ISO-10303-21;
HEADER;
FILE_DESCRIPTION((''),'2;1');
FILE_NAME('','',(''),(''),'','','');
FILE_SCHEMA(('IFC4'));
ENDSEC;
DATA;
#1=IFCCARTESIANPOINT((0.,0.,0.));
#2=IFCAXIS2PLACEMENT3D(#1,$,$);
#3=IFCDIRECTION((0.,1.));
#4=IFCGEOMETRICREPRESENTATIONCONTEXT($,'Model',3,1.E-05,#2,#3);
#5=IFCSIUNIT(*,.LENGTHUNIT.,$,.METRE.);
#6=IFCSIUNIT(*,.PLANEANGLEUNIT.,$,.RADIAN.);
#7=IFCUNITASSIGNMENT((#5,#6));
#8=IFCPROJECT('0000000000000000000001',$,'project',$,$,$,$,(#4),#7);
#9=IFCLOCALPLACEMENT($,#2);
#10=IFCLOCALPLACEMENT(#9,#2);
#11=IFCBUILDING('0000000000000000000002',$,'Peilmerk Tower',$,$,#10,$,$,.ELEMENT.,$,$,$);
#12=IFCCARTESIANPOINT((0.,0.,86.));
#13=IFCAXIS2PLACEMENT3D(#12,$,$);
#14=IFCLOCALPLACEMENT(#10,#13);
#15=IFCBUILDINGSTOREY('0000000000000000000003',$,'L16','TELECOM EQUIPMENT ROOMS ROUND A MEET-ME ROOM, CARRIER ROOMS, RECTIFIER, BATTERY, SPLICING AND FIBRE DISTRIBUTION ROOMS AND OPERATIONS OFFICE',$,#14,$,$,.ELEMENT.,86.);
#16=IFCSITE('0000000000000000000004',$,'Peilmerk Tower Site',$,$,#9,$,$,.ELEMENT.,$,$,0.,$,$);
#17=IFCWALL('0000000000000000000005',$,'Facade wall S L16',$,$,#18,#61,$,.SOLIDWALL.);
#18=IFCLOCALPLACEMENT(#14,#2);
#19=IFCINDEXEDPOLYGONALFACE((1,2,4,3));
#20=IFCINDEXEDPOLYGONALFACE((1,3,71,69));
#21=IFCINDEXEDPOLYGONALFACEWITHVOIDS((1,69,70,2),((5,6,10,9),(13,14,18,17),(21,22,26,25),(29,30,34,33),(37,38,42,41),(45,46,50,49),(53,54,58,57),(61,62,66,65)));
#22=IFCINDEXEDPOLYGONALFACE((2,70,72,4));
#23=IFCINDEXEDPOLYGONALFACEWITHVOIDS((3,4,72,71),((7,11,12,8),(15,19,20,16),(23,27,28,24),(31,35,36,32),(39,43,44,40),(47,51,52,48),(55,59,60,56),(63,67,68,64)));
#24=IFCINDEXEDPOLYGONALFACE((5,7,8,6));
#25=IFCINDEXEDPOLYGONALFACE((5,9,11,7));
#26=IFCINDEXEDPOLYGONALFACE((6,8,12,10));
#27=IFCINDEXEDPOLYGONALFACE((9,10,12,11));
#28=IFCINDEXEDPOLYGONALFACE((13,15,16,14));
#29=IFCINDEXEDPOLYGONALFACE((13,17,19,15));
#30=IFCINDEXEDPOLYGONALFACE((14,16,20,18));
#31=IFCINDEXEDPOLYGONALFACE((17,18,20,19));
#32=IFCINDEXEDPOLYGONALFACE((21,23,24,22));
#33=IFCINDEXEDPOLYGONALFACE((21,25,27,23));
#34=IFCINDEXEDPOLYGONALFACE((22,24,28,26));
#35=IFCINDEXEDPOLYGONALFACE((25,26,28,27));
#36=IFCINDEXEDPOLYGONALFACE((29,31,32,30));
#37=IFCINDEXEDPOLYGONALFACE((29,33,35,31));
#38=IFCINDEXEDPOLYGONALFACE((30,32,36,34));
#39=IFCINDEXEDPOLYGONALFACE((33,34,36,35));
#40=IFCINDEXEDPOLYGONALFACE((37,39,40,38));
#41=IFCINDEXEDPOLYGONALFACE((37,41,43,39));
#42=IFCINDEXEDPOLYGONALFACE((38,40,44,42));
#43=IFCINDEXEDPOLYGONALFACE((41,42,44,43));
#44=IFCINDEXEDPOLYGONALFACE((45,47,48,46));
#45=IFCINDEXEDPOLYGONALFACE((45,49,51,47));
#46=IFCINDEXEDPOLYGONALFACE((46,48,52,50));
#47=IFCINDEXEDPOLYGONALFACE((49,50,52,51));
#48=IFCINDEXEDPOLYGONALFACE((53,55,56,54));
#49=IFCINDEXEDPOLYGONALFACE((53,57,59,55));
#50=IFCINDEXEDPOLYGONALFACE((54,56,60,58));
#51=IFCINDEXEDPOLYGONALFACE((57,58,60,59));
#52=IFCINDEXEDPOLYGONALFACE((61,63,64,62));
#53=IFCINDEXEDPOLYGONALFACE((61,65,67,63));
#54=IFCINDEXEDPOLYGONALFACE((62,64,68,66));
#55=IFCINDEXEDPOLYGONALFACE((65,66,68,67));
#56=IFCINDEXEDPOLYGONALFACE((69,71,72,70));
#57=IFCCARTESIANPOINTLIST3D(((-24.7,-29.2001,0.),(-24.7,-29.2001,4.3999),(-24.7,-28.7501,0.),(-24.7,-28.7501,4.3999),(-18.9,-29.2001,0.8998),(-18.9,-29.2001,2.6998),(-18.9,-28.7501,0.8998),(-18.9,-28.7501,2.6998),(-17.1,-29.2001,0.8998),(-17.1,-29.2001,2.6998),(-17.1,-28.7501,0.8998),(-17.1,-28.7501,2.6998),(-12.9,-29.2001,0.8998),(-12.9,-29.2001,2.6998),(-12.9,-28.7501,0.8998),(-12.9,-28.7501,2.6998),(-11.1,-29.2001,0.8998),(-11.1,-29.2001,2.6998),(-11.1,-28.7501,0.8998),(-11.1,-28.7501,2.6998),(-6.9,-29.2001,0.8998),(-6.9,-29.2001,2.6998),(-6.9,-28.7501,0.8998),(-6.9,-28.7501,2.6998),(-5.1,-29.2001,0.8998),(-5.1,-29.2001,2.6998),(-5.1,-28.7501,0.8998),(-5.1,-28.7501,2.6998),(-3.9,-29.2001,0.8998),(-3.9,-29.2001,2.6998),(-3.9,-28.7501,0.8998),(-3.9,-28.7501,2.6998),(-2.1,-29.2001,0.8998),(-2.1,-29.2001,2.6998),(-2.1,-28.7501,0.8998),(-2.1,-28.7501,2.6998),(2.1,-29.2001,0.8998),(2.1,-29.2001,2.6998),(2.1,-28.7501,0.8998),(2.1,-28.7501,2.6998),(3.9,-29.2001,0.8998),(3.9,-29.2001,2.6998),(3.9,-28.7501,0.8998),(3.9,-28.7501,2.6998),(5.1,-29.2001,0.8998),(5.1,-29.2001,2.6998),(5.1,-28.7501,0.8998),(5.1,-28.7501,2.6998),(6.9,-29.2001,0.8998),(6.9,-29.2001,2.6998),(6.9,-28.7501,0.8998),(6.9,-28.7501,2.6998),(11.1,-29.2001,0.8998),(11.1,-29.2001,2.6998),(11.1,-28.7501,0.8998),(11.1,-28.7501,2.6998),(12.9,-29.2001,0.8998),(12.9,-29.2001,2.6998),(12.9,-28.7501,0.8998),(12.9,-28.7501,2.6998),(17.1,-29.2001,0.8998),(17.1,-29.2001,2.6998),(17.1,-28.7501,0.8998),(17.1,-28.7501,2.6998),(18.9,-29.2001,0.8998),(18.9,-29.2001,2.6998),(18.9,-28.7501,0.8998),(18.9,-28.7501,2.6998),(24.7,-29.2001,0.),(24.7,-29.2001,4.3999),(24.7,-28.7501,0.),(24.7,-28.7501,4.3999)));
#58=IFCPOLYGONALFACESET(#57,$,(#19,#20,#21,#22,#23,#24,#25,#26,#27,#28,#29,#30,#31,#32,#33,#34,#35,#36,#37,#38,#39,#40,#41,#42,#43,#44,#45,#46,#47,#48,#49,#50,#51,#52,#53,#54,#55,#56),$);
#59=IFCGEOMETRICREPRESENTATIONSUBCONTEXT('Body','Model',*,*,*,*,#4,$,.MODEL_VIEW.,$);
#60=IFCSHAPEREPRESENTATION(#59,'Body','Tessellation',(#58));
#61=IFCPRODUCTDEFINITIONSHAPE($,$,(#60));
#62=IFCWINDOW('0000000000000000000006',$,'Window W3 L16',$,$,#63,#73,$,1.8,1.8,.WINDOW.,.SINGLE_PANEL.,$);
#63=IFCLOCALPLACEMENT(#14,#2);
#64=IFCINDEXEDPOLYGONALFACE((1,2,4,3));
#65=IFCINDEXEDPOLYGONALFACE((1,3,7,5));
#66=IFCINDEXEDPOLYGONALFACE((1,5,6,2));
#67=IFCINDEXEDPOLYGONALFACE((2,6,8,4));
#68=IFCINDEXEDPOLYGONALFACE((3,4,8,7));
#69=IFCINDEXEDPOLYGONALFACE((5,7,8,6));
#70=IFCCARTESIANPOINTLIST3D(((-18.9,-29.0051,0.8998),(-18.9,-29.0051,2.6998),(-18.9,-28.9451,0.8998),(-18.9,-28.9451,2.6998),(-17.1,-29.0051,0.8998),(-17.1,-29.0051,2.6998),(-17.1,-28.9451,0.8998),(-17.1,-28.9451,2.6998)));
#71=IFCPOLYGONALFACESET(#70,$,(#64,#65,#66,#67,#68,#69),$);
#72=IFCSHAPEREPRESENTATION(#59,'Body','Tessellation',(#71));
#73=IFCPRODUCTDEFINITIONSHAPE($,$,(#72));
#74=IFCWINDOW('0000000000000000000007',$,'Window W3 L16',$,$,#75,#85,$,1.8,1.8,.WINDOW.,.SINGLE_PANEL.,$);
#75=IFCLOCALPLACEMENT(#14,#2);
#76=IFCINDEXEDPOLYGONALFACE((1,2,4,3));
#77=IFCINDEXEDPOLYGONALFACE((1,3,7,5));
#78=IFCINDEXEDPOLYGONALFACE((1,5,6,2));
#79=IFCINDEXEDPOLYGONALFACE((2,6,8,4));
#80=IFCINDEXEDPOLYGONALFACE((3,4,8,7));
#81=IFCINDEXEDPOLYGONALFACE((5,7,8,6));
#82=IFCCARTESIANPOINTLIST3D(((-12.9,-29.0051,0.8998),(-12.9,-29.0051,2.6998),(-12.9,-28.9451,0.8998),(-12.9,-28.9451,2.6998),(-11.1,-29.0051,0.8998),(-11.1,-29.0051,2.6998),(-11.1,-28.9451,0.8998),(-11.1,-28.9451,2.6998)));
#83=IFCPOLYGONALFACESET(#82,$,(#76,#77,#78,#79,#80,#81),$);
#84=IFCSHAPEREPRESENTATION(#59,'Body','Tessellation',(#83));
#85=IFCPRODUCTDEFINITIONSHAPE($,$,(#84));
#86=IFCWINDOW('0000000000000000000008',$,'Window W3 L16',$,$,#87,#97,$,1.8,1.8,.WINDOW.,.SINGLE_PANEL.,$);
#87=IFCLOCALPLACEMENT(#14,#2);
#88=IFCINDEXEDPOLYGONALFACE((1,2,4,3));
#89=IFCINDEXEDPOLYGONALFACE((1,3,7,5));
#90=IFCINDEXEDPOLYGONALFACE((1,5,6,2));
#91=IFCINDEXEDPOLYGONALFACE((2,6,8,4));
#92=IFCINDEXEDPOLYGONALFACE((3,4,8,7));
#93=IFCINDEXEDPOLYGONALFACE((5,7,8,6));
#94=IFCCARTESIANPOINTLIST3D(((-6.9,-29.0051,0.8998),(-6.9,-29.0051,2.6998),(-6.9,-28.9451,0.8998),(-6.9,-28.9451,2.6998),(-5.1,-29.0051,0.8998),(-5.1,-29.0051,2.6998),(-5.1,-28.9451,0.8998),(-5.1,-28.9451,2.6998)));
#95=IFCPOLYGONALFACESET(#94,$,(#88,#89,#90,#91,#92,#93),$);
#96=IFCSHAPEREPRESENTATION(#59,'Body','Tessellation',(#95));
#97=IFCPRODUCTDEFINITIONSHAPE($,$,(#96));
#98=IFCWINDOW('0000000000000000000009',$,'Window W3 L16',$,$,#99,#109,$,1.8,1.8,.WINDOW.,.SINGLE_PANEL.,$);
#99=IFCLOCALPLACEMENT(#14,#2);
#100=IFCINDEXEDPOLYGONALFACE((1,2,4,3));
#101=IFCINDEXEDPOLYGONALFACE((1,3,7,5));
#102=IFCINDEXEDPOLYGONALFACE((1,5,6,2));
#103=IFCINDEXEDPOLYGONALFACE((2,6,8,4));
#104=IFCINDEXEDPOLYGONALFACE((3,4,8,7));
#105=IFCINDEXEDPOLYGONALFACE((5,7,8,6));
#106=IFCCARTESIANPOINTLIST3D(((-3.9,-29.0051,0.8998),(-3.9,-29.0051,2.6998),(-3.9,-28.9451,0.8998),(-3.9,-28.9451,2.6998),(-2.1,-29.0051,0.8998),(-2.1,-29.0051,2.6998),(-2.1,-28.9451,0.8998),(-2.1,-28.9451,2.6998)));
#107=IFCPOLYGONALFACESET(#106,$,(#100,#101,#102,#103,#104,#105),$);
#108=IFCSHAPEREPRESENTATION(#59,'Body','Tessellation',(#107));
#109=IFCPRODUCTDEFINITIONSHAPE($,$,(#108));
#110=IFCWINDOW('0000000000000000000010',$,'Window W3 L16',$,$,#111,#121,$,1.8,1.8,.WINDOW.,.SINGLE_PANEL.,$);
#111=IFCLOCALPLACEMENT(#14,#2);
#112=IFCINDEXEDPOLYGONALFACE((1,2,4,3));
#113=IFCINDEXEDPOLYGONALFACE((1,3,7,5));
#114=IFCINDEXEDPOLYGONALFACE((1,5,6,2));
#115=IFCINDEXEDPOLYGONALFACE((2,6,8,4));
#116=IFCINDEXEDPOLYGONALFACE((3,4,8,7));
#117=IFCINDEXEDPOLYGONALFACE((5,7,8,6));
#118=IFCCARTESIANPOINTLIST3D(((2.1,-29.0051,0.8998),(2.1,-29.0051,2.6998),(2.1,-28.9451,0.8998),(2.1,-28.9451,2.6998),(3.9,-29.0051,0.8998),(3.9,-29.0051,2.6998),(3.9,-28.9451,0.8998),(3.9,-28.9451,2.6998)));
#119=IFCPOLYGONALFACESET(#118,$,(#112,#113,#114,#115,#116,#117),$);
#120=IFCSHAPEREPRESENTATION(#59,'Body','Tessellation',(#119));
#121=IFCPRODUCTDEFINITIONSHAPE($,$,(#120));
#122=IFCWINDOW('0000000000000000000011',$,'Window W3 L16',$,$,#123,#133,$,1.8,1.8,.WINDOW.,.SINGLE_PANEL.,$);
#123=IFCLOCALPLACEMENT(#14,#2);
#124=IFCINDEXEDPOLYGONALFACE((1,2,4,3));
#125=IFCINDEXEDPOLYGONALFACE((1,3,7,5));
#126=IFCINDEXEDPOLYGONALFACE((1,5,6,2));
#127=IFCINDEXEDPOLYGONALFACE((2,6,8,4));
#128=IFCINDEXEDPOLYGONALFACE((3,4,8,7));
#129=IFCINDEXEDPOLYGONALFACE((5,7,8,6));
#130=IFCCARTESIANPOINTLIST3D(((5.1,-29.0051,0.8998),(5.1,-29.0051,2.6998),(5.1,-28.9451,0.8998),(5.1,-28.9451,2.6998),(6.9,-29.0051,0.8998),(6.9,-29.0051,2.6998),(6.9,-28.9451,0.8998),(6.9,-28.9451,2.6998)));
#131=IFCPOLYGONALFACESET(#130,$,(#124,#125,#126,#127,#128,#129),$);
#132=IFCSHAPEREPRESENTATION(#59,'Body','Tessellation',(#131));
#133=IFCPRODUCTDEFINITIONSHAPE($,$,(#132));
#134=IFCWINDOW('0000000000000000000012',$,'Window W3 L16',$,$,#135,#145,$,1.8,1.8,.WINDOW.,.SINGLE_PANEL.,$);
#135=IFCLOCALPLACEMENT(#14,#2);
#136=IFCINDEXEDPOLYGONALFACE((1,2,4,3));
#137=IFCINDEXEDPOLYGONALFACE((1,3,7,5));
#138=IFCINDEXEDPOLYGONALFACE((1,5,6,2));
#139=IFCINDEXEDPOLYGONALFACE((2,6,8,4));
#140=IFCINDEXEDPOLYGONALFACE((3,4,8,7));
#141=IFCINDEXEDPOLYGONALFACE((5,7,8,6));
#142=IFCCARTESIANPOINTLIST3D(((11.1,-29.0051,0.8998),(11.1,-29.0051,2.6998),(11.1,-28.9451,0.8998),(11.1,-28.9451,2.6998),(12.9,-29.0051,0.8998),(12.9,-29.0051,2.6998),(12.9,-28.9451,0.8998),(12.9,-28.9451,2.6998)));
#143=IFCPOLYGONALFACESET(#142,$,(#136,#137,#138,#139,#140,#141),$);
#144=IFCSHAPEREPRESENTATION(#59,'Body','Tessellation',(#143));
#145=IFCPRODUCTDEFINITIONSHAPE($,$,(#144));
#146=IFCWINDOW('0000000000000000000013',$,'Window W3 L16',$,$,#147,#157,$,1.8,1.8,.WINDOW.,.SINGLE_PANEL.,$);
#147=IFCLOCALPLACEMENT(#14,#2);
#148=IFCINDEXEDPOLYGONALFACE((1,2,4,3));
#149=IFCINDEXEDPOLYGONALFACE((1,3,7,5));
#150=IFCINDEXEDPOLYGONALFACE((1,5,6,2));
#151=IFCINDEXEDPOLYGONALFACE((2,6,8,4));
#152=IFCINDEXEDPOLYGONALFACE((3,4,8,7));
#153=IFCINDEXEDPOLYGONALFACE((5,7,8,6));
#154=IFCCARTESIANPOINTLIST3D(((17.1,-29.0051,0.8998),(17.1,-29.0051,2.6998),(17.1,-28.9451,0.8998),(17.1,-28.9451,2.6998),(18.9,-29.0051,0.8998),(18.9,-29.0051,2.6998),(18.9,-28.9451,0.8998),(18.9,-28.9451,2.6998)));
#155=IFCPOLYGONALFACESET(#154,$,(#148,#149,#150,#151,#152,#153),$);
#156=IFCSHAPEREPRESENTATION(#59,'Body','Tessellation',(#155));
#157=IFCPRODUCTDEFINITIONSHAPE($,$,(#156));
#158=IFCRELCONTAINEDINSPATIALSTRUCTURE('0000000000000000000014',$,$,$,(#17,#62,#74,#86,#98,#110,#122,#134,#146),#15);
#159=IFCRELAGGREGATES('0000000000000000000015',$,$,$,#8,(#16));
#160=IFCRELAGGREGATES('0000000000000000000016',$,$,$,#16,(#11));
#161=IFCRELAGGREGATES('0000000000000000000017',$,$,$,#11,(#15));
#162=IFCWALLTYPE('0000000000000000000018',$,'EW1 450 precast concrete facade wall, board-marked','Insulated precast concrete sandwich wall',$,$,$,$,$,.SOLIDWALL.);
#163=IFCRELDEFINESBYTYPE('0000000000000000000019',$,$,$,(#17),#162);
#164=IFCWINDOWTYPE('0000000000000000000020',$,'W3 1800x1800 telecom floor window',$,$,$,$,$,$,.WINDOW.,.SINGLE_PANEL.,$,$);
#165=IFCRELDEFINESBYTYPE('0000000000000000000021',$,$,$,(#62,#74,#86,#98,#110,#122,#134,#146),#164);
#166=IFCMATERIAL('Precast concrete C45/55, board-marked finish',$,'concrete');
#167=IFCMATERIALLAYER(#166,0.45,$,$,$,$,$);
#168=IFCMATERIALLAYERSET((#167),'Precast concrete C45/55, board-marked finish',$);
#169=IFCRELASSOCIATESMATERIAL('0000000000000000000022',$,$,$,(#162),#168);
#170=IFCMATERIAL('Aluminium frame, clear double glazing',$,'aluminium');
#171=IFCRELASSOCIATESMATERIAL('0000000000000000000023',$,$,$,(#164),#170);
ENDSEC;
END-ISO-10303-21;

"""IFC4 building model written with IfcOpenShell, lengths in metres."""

from ifc_helpers import new_model, si_unit, direction, frame, frame_2d, origin, place, context, subcontext, project, spatial, rectangle, extrude, material, layer, layer_set, type_object, element, fill, save


model = new_model("IFC4")

# Units and contexts
model_context = context("Model", 3, precision=1e-05, world=origin(), true_north=direction((0.0, 1.0)))
body_context = subcontext(model_context, "Body", "Model", "MODEL_VIEW")
ifc_project = project(units=[si_unit("LENGTHUNIT", "METRE"), si_unit("PLANEANGLEUNIT", "RADIAN")], contexts=[model_context])

# Site, building, storey
site_placement = place(None, origin())
site = spatial("IfcSite", under=ifc_project, at=site_placement, Name="Peilmerk Tower Site", CompositionType="ELEMENT", RefElevation=0.0)
building_placement = place(site_placement, origin())
building = spatial("IfcBuilding", under=site, at=building_placement, Name="Peilmerk Tower", CompositionType="ELEMENT")
storey_placement = place(building_placement, frame((0.0, 0.0, 86.0)))
storey = spatial("IfcBuildingStorey", under=building, at=storey_placement, Name="L16", Description="TELECOM EQUIPMENT ROOMS ROUND A MEET-ME ROOM, CARRIER ROOMS, RECTIFIER, BATTERY, SPLICING AND FIBRE DISTRIBUTION ROOMS AND OPERATIONS OFFICE", CompositionType="ELEMENT", Elevation=86.0)

# Wall, openings, windows
ifc_material_1 = material(Name="Precast concrete C45/55, board-marked finish", Category="concrete")
ifc_layer = layer(ifc_material_1, 0.45)
ifc_layer_set = layer_set([ifc_layer], Name="Precast concrete C45/55, board-marked finish")
wall_type = type_object("IfcWallType", Name="EW1 450 precast concrete facade wall, board-marked", Description="Insulated precast concrete sandwich wall", PredefinedType="SOLIDWALL", material=ifc_layer_set)
wall_1_placement = place(storey_placement, frame((-24.7, -28.9751, 0.0), z_axis=(0.0, 0.0, 1.0), x_axis=(1.0, 0.0, 0.0)))
wall_1 = element("IfcWall", 1, at=wall_1_placement, inside=storey, type_object=wall_type, Name="Facade wall S L16", PredefinedType="SOLIDWALL", context=body_context, shape_type="SweptSolid", body=[
    extrude(rectangle(XDim=49.3999, YDim=0.45, at=frame_2d((24.7, 0.0))), origin(), (0.0, 0.0, 1.0), 4.3999),
])
opening_1_placement = place(wall_1_placement, frame((5.8, 0.0, 0.8999)))
opening_1 = element("IfcOpeningElement", 2, at=opening_1_placement, cuts=wall_1, PredefinedType="OPENING", context=body_context, shape_type="SweptSolid", body=[
    extrude(rectangle(XDim=1.8, YDim=1.8, at=frame_2d((0.8999, 0.8999))), frame((0.0, 0.2349, 0.0), z_axis=(0.0, -1.0, 0.0), x_axis=(1.0, 0.0, 0.0)), (0.0, 0.0, 1.0), 0.47),
])
opening_2_placement = place(wall_1_placement, frame((11.8, 0.0, 0.8999)))
opening_2 = element("IfcOpeningElement", 3, at=opening_2_placement, cuts=wall_1, PredefinedType="OPENING", context=body_context, shape_type="SweptSolid", body=[
    extrude(rectangle(XDim=1.8, YDim=1.8, at=frame_2d((0.8999, 0.8999))), frame((0.0, 0.2349, 0.0), z_axis=(0.0, -1.0, 0.0), x_axis=(1.0, 0.0, 0.0)), (0.0, 0.0, 1.0), 0.47),
])
opening_3_placement = place(wall_1_placement, frame((17.8, 0.0, 0.8999)))
opening_3 = element("IfcOpeningElement", 4, at=opening_3_placement, cuts=wall_1, PredefinedType="OPENING", context=body_context, shape_type="SweptSolid", body=[
    extrude(rectangle(XDim=1.8, YDim=1.8, at=frame_2d((0.8999, 0.8999))), frame((0.0, 0.2349, 0.0), z_axis=(0.0, -1.0, 0.0), x_axis=(1.0, 0.0, 0.0)), (0.0, 0.0, 1.0), 0.47),
])
opening_4_placement = place(wall_1_placement, frame((20.8, 0.0, 0.8999)))
opening_4 = element("IfcOpeningElement", 5, at=opening_4_placement, cuts=wall_1, PredefinedType="OPENING", context=body_context, shape_type="SweptSolid", body=[
    extrude(rectangle(XDim=1.8, YDim=1.8, at=frame_2d((0.8999, 0.8999))), frame((0.0, 0.2349, 0.0), z_axis=(0.0, -1.0, 0.0), x_axis=(1.0, 0.0, 0.0)), (0.0, 0.0, 1.0), 0.47),
])
opening_5_placement = place(wall_1_placement, frame((26.8, 0.0, 0.8999)))
opening_5 = element("IfcOpeningElement", 6, at=opening_5_placement, cuts=wall_1, PredefinedType="OPENING", context=body_context, shape_type="SweptSolid", body=[
    extrude(rectangle(XDim=1.8, YDim=1.8, at=frame_2d((0.8999, 0.8999))), frame((0.0, 0.2349, 0.0), z_axis=(0.0, -1.0, 0.0), x_axis=(1.0, 0.0, 0.0)), (0.0, 0.0, 1.0), 0.47),
])
opening_6_placement = place(wall_1_placement, frame((29.8, 0.0, 0.8999)))
opening_6 = element("IfcOpeningElement", 7, at=opening_6_placement, cuts=wall_1, PredefinedType="OPENING", context=body_context, shape_type="SweptSolid", body=[
    extrude(rectangle(XDim=1.8, YDim=1.8, at=frame_2d((0.8999, 0.8999))), frame((0.0, 0.2349, 0.0), z_axis=(0.0, -1.0, 0.0), x_axis=(1.0, 0.0, 0.0)), (0.0, 0.0, 1.0), 0.47),
])
opening_7_placement = place(wall_1_placement, frame((35.8, 0.0, 0.8999)))
opening_7 = element("IfcOpeningElement", 8, at=opening_7_placement, cuts=wall_1, PredefinedType="OPENING", context=body_context, shape_type="SweptSolid", body=[
    extrude(rectangle(XDim=1.8, YDim=1.8, at=frame_2d((0.8999, 0.8999))), frame((0.0, 0.2349, 0.0), z_axis=(0.0, -1.0, 0.0), x_axis=(1.0, 0.0, 0.0)), (0.0, 0.0, 1.0), 0.47),
])
opening_8_placement = place(wall_1_placement, frame((41.8, 0.0, 0.8999)))
opening_8 = element("IfcOpeningElement", 9, at=opening_8_placement, cuts=wall_1, PredefinedType="OPENING", context=body_context, shape_type="SweptSolid", body=[
    extrude(rectangle(XDim=1.8, YDim=1.8, at=frame_2d((0.8999, 0.8999))), frame((0.0, 0.2349, 0.0), z_axis=(0.0, -1.0, 0.0), x_axis=(1.0, 0.0, 0.0)), (0.0, 0.0, 1.0), 0.47),
])
ifc_material_2 = material(Name="Aluminium frame, clear double glazing", Category="aluminium")
window_type = type_object("IfcWindowType", Name="W3 1800x1800 telecom floor window", PartitioningType="SINGLE_PANEL", PredefinedType="WINDOW", material=ifc_material_2)
window_1_placement = place(opening_1_placement, origin())
window_1 = element("IfcWindow", 10, at=window_1_placement, inside=storey, type_object=window_type, Name="Window W3 L16", OverallHeight=1.8, OverallWidth=1.8, PartitioningType="SINGLE_PANEL", PredefinedType="WINDOW", context=body_context, shape_type="SweptSolid", body=[
    extrude(rectangle(XDim=1.8, YDim=1.8, at=frame_2d((0.8999, 0.8999))), frame((0.0, 0.03, 0.0), z_axis=(0.0, -1.0, 0.0), x_axis=(1.0, 0.0, 0.0)), (0.0, 0.0, 1.0), 0.0601),
])
fill(opening_1, window_1)
window_2_placement = place(opening_2_placement, origin())
window_2 = element("IfcWindow", 11, at=window_2_placement, inside=storey, type_object=window_type, Name="Window W3 L16", OverallHeight=1.8, OverallWidth=1.8, PartitioningType="SINGLE_PANEL", PredefinedType="WINDOW", context=body_context, shape_type="SweptSolid", body=[
    extrude(rectangle(XDim=1.8, YDim=1.8, at=frame_2d((0.8999, 0.8999))), frame((0.0, 0.03, 0.0), z_axis=(0.0, -1.0, 0.0), x_axis=(1.0, 0.0, 0.0)), (0.0, 0.0, 1.0), 0.0601),
])
fill(opening_2, window_2)
window_3_placement = place(opening_3_placement, origin())
window_3 = element("IfcWindow", 12, at=window_3_placement, inside=storey, type_object=window_type, Name="Window W3 L16", OverallHeight=1.8, OverallWidth=1.8, PartitioningType="SINGLE_PANEL", PredefinedType="WINDOW", context=body_context, shape_type="SweptSolid", body=[
    extrude(rectangle(XDim=1.8, YDim=1.8, at=frame_2d((0.8999, 0.8999))), frame((0.0, 0.03, 0.0), z_axis=(0.0, -1.0, 0.0), x_axis=(1.0, 0.0, 0.0)), (0.0, 0.0, 1.0), 0.0601),
])
fill(opening_3, window_3)
window_4_placement = place(opening_4_placement, origin())
window_4 = element("IfcWindow", 13, at=window_4_placement, inside=storey, type_object=window_type, Name="Window W3 L16", OverallHeight=1.8, OverallWidth=1.8, PartitioningType="SINGLE_PANEL", PredefinedType="WINDOW", context=body_context, shape_type="SweptSolid", body=[
    extrude(rectangle(XDim=1.8, YDim=1.8, at=frame_2d((0.8999, 0.8999))), frame((0.0, 0.03, 0.0), z_axis=(0.0, -1.0, 0.0), x_axis=(1.0, 0.0, 0.0)), (0.0, 0.0, 1.0), 0.0601),
])
fill(opening_4, window_4)
window_5_placement = place(opening_5_placement, origin())
window_5 = element("IfcWindow", 14, at=window_5_placement, inside=storey, type_object=window_type, Name="Window W3 L16", OverallHeight=1.8, OverallWidth=1.8, PartitioningType="SINGLE_PANEL", PredefinedType="WINDOW", context=body_context, shape_type="SweptSolid", body=[
    extrude(rectangle(XDim=1.8, YDim=1.8, at=frame_2d((0.8999, 0.8999))), frame((0.0, 0.03, 0.0), z_axis=(0.0, -1.0, 0.0), x_axis=(1.0, 0.0, 0.0)), (0.0, 0.0, 1.0), 0.0601),
])
fill(opening_5, window_5)
window_6_placement = place(opening_6_placement, origin())
window_6 = element("IfcWindow", 15, at=window_6_placement, inside=storey, type_object=window_type, Name="Window W3 L16", OverallHeight=1.8, OverallWidth=1.8, PartitioningType="SINGLE_PANEL", PredefinedType="WINDOW", context=body_context, shape_type="SweptSolid", body=[
    extrude(rectangle(XDim=1.8, YDim=1.8, at=frame_2d((0.8999, 0.8999))), frame((0.0, 0.03, 0.0), z_axis=(0.0, -1.0, 0.0), x_axis=(1.0, 0.0, 0.0)), (0.0, 0.0, 1.0), 0.0601),
])
fill(opening_6, window_6)
window_7_placement = place(opening_7_placement, origin())
window_7 = element("IfcWindow", 16, at=window_7_placement, inside=storey, type_object=window_type, Name="Window W3 L16", OverallHeight=1.8, OverallWidth=1.8, PartitioningType="SINGLE_PANEL", PredefinedType="WINDOW", context=body_context, shape_type="SweptSolid", body=[
    extrude(rectangle(XDim=1.8, YDim=1.8, at=frame_2d((0.8999, 0.8999))), frame((0.0, 0.03, 0.0), z_axis=(0.0, -1.0, 0.0), x_axis=(1.0, 0.0, 0.0)), (0.0, 0.0, 1.0), 0.0601),
])
fill(opening_7, window_7)
window_8_placement = place(opening_8_placement, origin())
window_8 = element("IfcWindow", 17, at=window_8_placement, inside=storey, type_object=window_type, Name="Window W3 L16", OverallHeight=1.8, OverallWidth=1.8, PartitioningType="SINGLE_PANEL", PredefinedType="WINDOW", context=body_context, shape_type="SweptSolid", body=[
    extrude(rectangle(XDim=1.8, YDim=1.8, at=frame_2d((0.8999, 0.8999))), frame((0.0, 0.03, 0.0), z_axis=(0.0, -1.0, 0.0), x_axis=(1.0, 0.0, 0.0)), (0.0, 0.0, 1.0), 0.0601),
])
fill(opening_8, window_8)

save(model, "model.ifc")
